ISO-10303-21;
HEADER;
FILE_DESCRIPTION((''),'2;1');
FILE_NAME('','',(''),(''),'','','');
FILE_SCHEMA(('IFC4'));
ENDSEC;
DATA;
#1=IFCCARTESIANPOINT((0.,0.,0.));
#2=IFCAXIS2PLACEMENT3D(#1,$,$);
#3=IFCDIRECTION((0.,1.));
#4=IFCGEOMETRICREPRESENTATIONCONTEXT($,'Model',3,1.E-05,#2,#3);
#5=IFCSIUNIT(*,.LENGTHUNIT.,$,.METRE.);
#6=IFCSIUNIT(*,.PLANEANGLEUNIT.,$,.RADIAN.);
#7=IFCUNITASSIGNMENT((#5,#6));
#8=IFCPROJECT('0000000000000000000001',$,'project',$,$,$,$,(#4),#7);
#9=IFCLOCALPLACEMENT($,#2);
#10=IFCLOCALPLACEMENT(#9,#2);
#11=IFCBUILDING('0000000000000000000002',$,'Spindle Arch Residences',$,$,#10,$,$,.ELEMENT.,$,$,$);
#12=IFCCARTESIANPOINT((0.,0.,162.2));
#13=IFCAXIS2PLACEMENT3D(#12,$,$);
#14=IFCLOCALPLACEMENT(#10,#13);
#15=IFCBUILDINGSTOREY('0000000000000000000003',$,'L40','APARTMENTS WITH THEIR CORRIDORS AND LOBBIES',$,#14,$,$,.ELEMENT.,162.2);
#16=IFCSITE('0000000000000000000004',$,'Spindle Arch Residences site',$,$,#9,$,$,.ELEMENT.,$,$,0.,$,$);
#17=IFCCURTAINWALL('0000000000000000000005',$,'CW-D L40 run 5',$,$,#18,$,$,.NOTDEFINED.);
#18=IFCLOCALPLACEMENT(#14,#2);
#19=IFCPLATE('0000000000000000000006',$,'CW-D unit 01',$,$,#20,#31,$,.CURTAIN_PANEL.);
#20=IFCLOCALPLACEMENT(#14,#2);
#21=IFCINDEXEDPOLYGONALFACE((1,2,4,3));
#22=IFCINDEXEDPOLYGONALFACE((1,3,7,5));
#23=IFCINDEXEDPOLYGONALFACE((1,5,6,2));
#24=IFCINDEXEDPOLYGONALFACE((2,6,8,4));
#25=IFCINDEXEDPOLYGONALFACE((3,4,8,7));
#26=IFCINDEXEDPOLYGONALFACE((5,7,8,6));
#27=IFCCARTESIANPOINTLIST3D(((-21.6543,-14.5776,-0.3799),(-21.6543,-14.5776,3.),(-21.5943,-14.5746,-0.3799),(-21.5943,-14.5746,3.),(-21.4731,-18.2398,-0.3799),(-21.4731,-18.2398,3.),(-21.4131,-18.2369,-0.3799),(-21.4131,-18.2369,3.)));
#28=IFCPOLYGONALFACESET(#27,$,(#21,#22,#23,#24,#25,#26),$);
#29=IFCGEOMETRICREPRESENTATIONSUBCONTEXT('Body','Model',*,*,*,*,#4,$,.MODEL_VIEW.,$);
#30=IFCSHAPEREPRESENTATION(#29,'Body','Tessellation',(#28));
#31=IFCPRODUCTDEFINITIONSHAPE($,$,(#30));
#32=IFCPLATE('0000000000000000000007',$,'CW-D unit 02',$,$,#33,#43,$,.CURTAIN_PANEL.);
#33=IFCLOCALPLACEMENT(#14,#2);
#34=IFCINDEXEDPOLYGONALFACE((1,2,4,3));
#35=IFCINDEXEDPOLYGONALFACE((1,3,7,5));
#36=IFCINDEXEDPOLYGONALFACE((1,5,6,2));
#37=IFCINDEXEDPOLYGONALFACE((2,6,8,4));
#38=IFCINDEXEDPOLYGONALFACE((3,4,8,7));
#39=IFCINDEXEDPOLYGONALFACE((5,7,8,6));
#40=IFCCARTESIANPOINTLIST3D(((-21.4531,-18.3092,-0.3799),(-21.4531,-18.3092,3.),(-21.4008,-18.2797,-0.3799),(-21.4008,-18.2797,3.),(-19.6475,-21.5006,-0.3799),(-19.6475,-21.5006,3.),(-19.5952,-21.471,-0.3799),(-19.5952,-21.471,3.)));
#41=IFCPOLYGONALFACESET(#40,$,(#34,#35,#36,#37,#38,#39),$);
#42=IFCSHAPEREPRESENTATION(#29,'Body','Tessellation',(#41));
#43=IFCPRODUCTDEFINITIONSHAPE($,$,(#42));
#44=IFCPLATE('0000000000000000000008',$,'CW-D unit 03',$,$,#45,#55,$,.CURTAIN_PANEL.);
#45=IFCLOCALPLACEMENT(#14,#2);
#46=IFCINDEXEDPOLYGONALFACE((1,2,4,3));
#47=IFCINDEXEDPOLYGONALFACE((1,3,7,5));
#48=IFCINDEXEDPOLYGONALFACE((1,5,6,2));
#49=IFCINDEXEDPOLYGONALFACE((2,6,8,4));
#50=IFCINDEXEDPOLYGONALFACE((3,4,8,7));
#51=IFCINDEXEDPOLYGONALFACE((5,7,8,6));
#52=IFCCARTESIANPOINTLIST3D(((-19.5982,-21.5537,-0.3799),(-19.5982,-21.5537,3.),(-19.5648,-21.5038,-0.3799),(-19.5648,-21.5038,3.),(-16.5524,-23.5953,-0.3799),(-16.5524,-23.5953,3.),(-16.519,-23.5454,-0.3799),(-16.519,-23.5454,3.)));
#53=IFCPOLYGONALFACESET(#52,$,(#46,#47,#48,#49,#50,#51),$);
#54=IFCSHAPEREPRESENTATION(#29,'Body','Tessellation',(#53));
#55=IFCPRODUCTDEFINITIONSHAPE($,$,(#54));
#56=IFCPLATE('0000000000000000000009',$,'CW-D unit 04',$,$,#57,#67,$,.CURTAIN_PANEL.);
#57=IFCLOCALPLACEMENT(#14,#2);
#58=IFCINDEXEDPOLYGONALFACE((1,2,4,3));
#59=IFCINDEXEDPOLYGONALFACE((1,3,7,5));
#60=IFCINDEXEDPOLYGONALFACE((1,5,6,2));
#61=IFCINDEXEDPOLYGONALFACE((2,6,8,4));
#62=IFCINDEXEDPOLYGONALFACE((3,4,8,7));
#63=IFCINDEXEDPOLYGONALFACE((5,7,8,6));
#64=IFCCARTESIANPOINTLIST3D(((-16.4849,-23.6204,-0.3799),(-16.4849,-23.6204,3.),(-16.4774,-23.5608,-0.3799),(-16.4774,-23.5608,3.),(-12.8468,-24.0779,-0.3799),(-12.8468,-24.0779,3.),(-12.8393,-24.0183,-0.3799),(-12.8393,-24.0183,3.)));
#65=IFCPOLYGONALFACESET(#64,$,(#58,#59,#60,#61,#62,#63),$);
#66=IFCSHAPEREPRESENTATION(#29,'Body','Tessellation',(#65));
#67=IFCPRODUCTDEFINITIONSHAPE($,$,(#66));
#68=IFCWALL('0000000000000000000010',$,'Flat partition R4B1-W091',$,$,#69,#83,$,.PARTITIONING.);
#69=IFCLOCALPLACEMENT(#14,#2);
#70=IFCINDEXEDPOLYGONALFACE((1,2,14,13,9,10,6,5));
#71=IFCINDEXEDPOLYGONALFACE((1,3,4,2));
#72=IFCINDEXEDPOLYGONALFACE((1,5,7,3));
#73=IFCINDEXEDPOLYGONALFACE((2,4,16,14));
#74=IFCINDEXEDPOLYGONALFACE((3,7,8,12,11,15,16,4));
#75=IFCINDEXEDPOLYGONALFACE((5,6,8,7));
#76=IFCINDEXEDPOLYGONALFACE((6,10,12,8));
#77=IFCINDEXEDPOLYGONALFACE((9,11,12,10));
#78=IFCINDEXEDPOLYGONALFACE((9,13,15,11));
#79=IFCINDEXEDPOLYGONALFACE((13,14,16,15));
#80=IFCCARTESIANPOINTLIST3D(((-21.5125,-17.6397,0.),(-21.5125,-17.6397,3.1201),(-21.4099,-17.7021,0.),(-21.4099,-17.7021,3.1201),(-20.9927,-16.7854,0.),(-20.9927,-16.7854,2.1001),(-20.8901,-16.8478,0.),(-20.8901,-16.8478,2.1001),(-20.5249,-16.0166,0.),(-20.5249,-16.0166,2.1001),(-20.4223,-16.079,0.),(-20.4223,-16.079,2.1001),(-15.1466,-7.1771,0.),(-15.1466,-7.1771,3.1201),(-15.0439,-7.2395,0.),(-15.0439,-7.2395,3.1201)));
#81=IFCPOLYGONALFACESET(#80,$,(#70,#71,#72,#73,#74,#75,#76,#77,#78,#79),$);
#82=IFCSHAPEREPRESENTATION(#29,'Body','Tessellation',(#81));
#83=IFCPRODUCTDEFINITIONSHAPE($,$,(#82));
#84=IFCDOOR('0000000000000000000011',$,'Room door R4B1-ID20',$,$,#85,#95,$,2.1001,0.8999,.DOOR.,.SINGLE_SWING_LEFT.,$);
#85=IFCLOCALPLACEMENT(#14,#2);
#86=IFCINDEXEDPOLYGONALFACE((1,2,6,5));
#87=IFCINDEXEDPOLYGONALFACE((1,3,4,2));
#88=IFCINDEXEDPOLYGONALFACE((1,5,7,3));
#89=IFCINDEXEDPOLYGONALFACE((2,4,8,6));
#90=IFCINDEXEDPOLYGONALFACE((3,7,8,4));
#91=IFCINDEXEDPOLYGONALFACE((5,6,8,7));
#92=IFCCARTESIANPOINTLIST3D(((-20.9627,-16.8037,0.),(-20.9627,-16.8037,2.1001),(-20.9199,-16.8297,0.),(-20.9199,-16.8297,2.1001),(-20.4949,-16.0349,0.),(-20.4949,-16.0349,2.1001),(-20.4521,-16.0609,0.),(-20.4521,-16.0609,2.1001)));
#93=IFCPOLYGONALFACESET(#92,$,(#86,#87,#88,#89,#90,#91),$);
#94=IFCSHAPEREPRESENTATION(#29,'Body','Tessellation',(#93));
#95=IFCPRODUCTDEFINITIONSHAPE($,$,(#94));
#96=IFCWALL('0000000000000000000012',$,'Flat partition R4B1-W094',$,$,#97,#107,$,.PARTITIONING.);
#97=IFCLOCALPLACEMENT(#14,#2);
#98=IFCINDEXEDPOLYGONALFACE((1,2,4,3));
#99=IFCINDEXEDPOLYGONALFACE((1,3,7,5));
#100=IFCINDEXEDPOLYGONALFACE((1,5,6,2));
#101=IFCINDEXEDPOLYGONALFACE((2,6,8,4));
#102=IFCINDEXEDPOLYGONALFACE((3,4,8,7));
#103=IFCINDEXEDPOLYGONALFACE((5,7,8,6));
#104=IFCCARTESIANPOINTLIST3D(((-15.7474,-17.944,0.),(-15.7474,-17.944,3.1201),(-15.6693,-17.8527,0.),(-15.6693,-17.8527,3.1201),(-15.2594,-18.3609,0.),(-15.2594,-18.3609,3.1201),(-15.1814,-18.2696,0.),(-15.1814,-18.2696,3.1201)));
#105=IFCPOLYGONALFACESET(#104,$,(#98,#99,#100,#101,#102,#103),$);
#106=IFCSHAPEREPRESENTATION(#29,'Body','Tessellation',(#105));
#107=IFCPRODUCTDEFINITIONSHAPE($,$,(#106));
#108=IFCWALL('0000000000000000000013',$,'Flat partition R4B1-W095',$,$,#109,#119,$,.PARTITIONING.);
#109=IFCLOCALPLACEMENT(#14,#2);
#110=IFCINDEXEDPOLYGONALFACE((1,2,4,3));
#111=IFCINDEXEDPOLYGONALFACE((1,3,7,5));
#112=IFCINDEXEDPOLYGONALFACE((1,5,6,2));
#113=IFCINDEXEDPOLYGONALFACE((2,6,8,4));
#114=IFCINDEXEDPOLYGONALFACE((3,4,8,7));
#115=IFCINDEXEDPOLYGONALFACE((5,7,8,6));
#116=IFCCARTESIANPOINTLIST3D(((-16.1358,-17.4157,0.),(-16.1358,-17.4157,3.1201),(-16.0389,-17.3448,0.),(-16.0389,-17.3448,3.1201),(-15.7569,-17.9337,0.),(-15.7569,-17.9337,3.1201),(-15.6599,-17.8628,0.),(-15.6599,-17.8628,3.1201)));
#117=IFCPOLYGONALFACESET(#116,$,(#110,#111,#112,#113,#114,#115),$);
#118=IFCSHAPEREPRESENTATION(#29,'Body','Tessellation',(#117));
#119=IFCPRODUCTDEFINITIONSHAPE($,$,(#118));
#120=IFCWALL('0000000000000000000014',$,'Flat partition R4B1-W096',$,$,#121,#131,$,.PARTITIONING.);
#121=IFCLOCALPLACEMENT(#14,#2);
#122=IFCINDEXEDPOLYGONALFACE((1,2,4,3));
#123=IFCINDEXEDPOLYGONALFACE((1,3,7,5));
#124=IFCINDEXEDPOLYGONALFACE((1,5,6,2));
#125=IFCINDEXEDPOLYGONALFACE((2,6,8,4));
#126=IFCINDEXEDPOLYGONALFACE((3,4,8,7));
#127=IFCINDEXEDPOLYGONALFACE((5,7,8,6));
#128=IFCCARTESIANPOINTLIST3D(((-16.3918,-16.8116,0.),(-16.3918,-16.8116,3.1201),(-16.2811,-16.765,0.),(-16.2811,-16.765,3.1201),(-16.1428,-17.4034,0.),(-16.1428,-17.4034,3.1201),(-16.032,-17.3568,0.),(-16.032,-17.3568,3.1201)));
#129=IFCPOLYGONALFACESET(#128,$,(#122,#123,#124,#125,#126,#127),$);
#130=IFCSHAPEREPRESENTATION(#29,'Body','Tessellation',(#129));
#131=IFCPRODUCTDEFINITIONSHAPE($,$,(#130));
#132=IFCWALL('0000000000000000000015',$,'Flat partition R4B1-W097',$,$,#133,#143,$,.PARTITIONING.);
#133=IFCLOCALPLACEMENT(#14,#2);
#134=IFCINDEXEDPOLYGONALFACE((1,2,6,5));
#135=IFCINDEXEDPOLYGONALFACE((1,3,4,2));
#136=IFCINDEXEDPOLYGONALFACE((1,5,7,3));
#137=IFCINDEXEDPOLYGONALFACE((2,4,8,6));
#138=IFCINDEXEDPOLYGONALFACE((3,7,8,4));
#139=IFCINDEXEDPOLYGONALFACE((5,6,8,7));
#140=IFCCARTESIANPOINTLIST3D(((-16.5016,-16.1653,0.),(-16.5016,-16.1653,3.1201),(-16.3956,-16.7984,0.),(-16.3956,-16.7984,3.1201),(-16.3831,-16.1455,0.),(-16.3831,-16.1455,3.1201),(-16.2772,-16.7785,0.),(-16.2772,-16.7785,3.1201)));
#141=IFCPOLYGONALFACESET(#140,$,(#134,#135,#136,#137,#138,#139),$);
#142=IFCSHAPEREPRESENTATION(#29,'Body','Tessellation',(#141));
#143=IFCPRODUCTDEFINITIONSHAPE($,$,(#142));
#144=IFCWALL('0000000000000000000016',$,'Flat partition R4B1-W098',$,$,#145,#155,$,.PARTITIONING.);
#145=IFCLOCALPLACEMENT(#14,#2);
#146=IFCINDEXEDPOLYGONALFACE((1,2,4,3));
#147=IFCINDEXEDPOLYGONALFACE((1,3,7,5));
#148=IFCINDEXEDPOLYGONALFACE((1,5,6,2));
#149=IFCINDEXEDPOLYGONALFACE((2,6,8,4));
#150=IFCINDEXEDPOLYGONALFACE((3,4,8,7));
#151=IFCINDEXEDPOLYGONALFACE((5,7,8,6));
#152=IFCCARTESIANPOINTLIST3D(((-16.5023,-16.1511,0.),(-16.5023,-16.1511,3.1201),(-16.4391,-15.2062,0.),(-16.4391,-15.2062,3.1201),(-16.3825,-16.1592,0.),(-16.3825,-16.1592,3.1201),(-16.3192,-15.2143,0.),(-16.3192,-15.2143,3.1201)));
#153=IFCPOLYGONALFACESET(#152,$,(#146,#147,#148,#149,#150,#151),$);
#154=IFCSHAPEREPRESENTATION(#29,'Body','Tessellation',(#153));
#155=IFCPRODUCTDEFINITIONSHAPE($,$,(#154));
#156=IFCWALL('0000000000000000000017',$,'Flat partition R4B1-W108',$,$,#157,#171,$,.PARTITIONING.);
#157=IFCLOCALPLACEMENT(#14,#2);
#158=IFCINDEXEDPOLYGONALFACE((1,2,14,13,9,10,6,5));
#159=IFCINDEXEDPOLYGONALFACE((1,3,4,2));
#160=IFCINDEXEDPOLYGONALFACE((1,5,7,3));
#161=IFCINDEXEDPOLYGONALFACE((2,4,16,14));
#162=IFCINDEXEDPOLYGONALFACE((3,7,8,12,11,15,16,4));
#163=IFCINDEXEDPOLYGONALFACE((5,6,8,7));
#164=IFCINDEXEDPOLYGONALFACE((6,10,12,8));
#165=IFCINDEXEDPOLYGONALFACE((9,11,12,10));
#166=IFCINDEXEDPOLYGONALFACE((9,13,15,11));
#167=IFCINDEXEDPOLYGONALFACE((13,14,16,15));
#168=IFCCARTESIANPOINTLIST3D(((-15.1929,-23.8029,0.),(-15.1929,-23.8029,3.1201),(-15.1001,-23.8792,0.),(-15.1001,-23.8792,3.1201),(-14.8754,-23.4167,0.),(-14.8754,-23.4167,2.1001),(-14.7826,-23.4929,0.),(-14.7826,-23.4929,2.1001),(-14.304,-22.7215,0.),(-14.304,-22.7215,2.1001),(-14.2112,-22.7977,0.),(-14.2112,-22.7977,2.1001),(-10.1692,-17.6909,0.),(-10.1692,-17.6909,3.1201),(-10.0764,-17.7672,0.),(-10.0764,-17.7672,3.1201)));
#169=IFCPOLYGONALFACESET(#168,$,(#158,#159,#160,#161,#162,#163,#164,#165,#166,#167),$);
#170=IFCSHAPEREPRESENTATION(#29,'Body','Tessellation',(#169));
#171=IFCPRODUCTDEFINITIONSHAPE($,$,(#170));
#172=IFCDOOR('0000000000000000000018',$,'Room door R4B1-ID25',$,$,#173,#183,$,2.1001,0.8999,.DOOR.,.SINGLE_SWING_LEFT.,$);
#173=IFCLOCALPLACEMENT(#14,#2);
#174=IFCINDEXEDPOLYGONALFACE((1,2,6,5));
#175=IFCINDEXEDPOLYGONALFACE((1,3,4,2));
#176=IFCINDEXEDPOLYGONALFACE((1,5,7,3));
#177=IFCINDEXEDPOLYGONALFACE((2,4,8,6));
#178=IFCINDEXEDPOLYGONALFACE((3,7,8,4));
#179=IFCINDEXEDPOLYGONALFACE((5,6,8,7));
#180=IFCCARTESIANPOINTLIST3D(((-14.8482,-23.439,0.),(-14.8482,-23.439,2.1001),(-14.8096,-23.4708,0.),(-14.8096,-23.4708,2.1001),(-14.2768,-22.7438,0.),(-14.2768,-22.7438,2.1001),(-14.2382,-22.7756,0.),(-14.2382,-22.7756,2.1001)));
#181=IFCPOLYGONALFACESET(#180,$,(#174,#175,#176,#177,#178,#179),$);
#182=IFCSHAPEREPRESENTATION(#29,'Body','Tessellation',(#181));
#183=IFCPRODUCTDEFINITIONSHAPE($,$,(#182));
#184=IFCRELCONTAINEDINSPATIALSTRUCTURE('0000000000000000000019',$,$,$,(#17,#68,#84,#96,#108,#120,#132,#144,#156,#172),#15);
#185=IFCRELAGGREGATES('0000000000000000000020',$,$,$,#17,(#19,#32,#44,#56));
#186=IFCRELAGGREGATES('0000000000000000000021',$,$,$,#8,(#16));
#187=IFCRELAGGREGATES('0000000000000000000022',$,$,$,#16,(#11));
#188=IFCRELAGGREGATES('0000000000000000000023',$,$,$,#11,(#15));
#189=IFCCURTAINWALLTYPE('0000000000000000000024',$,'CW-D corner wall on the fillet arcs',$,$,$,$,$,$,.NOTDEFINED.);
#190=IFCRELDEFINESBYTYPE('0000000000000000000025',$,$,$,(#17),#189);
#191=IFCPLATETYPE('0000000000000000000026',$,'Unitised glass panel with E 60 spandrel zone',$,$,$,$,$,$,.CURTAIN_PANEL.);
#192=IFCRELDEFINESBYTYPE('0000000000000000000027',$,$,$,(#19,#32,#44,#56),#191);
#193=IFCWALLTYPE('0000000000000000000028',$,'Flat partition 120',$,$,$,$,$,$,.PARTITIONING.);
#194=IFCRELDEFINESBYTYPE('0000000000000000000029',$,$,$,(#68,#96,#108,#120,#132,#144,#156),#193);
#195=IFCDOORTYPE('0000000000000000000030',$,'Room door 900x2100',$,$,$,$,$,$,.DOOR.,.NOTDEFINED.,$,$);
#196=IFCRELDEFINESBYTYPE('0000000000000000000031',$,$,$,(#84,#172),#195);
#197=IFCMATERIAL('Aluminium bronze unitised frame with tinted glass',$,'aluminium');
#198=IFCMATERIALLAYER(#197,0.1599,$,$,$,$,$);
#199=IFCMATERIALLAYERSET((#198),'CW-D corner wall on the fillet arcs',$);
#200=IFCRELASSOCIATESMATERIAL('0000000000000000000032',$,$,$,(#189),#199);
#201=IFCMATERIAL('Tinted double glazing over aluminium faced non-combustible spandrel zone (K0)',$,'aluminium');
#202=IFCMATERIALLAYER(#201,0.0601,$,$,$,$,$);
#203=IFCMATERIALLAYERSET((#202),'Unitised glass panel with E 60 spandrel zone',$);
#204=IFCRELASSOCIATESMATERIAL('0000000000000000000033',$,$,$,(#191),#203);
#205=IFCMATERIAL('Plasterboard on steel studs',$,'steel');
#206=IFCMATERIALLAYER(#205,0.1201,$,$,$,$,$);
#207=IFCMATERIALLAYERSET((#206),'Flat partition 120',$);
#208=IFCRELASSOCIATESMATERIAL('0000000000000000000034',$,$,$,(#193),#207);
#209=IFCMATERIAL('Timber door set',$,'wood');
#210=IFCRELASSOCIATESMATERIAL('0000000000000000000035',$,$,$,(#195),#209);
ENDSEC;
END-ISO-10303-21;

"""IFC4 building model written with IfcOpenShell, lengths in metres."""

from ifc_helpers import new_model, si_unit, direction, frame, frame_2d, origin, origin_2d, place, context, subcontext, project, spatial, rectangle, extrude, material, layer, layer_set, type_object, element, fill, aggregate, save


model = new_model("IFC4")

# Units and contexts
model_context = context("Model", 3, precision=1e-05, world=origin(), true_north=direction((0.0, 1.0)))
body_context = subcontext(model_context, "Body", "Model", "MODEL_VIEW")
ifc_project = project(units=[si_unit("LENGTHUNIT", "METRE"), si_unit("PLANEANGLEUNIT", "RADIAN")], contexts=[model_context])

# Site, building, storey
site_placement = place(None, origin())
site = spatial("IfcSite", under=ifc_project, at=site_placement, Name="Spindle Arch Residences site", CompositionType="ELEMENT", RefElevation=0.0)
building_placement = place(site_placement, origin())
building = spatial("IfcBuilding", under=site, at=building_placement, Name="Spindle Arch Residences", CompositionType="ELEMENT")
storey_placement = place(building_placement, frame((0.0, 0.0, 162.2)))
storey = spatial("IfcBuildingStorey", under=building, at=storey_placement, Name="L40", Description="APARTMENTS WITH THEIR CORRIDORS AND LOBBIES", CompositionType="ELEMENT", Elevation=162.2)

# Curtain wall
ifc_material_1 = material(Name="Aluminium bronze unitised frame with tinted glass", Category="aluminium")
ifc_layer_1 = layer(ifc_material_1, 0.1599)
ifc_layer_set_1 = layer_set([ifc_layer_1], Name="CW-D corner wall on the fillet arcs")
curtain_wall_type = type_object("IfcCurtainWallType", Name="CW-D corner wall on the fillet arcs", PredefinedType="NOTDEFINED", material=ifc_layer_set_1)
curtain_wall_placement = place(storey_placement, origin())
curtain_wall = element("IfcCurtainWall", 1, at=curtain_wall_placement, inside=storey, type_object=curtain_wall_type, Name="CW-D L40 run 5", PredefinedType="NOTDEFINED")

# Plates
ifc_material_2 = material(Name="Tinted double glazing over aluminium faced non-combustible spandrel zone (K0)", Category="aluminium")
ifc_layer_2 = layer(ifc_material_2, 0.0601)
ifc_layer_set_2 = layer_set([ifc_layer_2], Name="Unitised glass panel with E 60 spandrel zone")
plate_type = type_object("IfcPlateType", Name="Unitised glass panel with E 60 spandrel zone", PredefinedType="CURTAIN_PANEL", material=ifc_layer_set_2)
plate_1_placement = place(storey_placement, frame((-21.5337, -16.4072, -0.3799), z_axis=(0.0, 0.0, 1.0), x_axis=(0.049431, -0.998778, 0.0)))
plate_1 = element("IfcPlate", 2, at=plate_1_placement, type_object=plate_type, Name="CW-D unit 01", PredefinedType="CURTAIN_PANEL", context=body_context, shape_type="SweptSolid", body=[
    extrude(rectangle(XDim=3.6667, YDim=0.0601, at=origin_2d()), origin(), (0.0, 0.0, 1.0), 3.3799),
])
plate_2_placement = place(storey_placement, frame((-20.5242, -19.8901, -0.3799), z_axis=(0.0, 0.0, 1.0), x_axis=(0.492424, -0.870356, 0.0)))
plate_2 = element("IfcPlate", 3, at=plate_2_placement, type_object=plate_type, Name="CW-D unit 02", PredefinedType="CURTAIN_PANEL", context=body_context, shape_type="SweptSolid", body=[
    extrude(rectangle(XDim=3.6667, YDim=0.0601, at=origin_2d()), origin(), (0.0, 0.0, 1.0), 3.3799),
])
plate_3_placement = place(storey_placement, frame((-18.0586, -22.5496, -0.3799), z_axis=(0.0, 0.0, 1.0), x_axis=(0.830661, -0.556779, 0.0)))
plate_3 = element("IfcPlate", 4, at=plate_3_placement, type_object=plate_type, Name="CW-D unit 03", PredefinedType="CURTAIN_PANEL", context=body_context, shape_type="SweptSolid", body=[
    extrude(rectangle(XDim=3.6667, YDim=0.0601, at=origin_2d()), origin(), (0.0, 0.0, 1.0), 3.3799),
])
plate_4_placement = place(storey_placement, frame((-14.6621, -23.8193, -0.3799), z_axis=(0.0, 0.0, 1.0), x_axis=(0.992187, -0.124756, 0.0)))
plate_4 = element("IfcPlate", 5, at=plate_4_placement, type_object=plate_type, Name="CW-D unit 04", PredefinedType="CURTAIN_PANEL", context=body_context, shape_type="SweptSolid", body=[
    extrude(rectangle(XDim=3.6667, YDim=0.0601, at=origin_2d()), origin(), (0.0, 0.0, 1.0), 3.3799),
])
aggregate(curtain_wall, [plate_1, plate_2, plate_3, plate_4])

# Wall, opening, door
ifc_material_3 = material(Name="Plasterboard on steel studs", Category="steel")
ifc_layer_3 = layer(ifc_material_3, 0.1201)
ifc_layer_set_3 = layer_set([ifc_layer_3], Name="Flat partition 120")
wall_type_1 = type_object("IfcWallType", Name="Flat partition 120", PredefinedType="PARTITIONING", material=ifc_layer_set_3)
wall_1_placement = place(storey_placement, frame((-21.4612, -17.6709, 0.0), z_axis=(0.0, 0.0, 1.0), x_axis=(0.519792, 0.854293, 0.0)))
wall_1 = element("IfcWall", 6, at=wall_1_placement, inside=storey, type_object=wall_type_1, Name="Flat partition R4B1-W091", PredefinedType="PARTITIONING", context=body_context, shape_type="SweptSolid", body=[
    extrude(rectangle(XDim=12.2471, YDim=0.1201, at=frame_2d((6.1235, 0.0))), origin(), (0.0, 0.0, 1.0), 3.1201),
])
opening_1_placement = place(wall_1_placement, frame((1.0, 0.0, 0.0)))
opening_1 = element("IfcOpeningElement", 7, at=opening_1_placement, cuts=wall_1, PredefinedType="OPENING", context=body_context, shape_type="SweptSolid", body=[
    extrude(rectangle(XDim=0.8999, YDim=2.1001, at=frame_2d((0.45, 1.05))), frame((0.0, 0.0701, 0.0), z_axis=(0.0, -1.0, 0.0), x_axis=(1.0, 0.0, 0.0)), (0.0, 0.0, 1.0), 0.1401),
])
ifc_material_4 = material(Name="Timber door set", Category="wood")
door_type = type_object("IfcDoorType", Name="Room door 900x2100", OperationType="NOTDEFINED", PredefinedType="DOOR", material=ifc_material_4)
door_1_placement = place(opening_1_placement, origin())
door_1 = element("IfcDoor", 8, at=door_1_placement, inside=storey, type_object=door_type, Name="Room door R4B1-ID20", OperationType="SINGLE_SWING_LEFT", OverallHeight=2.1001, OverallWidth=0.8999, PredefinedType="DOOR", context=body_context, shape_type="SweptSolid", body=[
    extrude(rectangle(XDim=0.8999, YDim=2.1001, at=frame_2d((0.45, 1.05))), frame((0.0, 0.0249, 0.0), z_axis=(0.0, -1.0, 0.0), x_axis=(1.0, 0.0, 0.0)), (0.0, 0.0, 1.0), 0.05),
])
fill(opening_1, door_1)

# Walls
for number, where, z_axis, x_axis, name in (
    (9, (-15.2205, -18.3152, 0.0), (0.0, 0.0, 1.0), (-0.760276, 0.6496, 0.0), "Flat partition R4B1-W094"),
    (10, (-15.7085, -17.8982, 0.0), (0.0, 0.0, 1.0), (-0.590341, 0.807154, 0.0), "Flat partition R4B1-W095"),
):
    element("IfcWall", number, at=place(storey_placement, frame(where, z_axis=z_axis, x_axis=x_axis)), inside=storey, type_object=wall_type_1, Name=name, PredefinedType="PARTITIONING", context=body_context, shape_type="SweptSolid", body=[
        extrude(rectangle(XDim=0.6418, YDim=0.1201, at=frame_2d((0.3208, 0.0))), origin(), (0.0, 0.0, 1.0), 3.1201),
    ])
wall_2_placement = place(storey_placement, frame((-16.0874, -17.3801, 0.0), z_axis=(0.0, 0.0, 1.0), x_axis=(-0.387853, 0.921721, 0.0)))
element("IfcWall", 11, at=wall_2_placement, inside=storey, type_object=wall_type_1, Name="Flat partition R4B1-W096", PredefinedType="PARTITIONING", context=body_context, shape_type="SweptSolid", body=[
    extrude(rectangle(XDim=0.6421, YDim=0.1201, at=frame_2d((0.321, 0.0))), origin(), (0.0, 0.0, 1.0), 3.1201),
])
wall_3_placement = place(storey_placement, frame((-16.3364, -16.7883, 0.0), z_axis=(0.0, 0.0, 1.0), x_axis=(-0.165077, 0.986281, 0.0)))
element("IfcWall", 12, at=wall_3_placement, inside=storey, type_object=wall_type_1, Name="Flat partition R4B1-W097", PredefinedType="PARTITIONING", context=body_context, shape_type="SweptSolid", body=[
    extrude(rectangle(XDim=0.6418, YDim=0.1201, at=frame_2d((0.3208, 0.0))), origin(), (0.0, 0.0, 1.0), 3.1201),
])
wall_4_placement = place(storey_placement, frame((-16.4424, -16.1553, 0.0), z_axis=(0.0, 0.0, 1.0), x_axis=(0.066776, 0.997768, 0.0)))
element("IfcWall", 13, at=wall_4_placement, inside=storey, type_object=wall_type_1, Name="Flat partition R4B1-W098", PredefinedType="PARTITIONING", context=body_context, shape_type="SweptSolid", body=[
    extrude(rectangle(XDim=0.947, YDim=0.1201, at=frame_2d((0.4736, 0.0))), origin(), (0.0, 0.0, 1.0), 3.1201),
])

# Wall, opening, door
wall_5_placement = place(storey_placement, frame((-15.1465, -23.8411, 0.0), z_axis=(0.0, 0.0, 1.0), x_axis=(0.63497, 0.772536, 0.0)))
wall_5 = element("IfcWall", 14, at=wall_5_placement, inside=storey, type_object=wall_type_1, Name="Flat partition R4B1-W108", PredefinedType="PARTITIONING", context=body_context, shape_type="SweptSolid", body=[
    extrude(rectangle(XDim=7.9116, YDim=0.1201, at=frame_2d((3.9558, 0.0))), origin(), (0.0, 0.0, 1.0), 3.1201),
])
opening_2_placement = place(wall_5_placement, frame((0.5, 0.0, 0.0)))
opening_2 = element("IfcOpeningElement", 15, at=opening_2_placement, cuts=wall_5, PredefinedType="OPENING", context=body_context, shape_type="SweptSolid", body=[
    extrude(rectangle(XDim=0.8999, YDim=2.1001, at=frame_2d((0.45, 1.05))), frame((0.0, 0.0701, 0.0), z_axis=(0.0, -1.0, 0.0), x_axis=(1.0, 0.0, 0.0)), (0.0, 0.0, 1.0), 0.1401),
])
door_2_placement = place(opening_2_placement, origin())
door_2 = element("IfcDoor", 16, at=door_2_placement, inside=storey, type_object=door_type, Name="Room door R4B1-ID25", OperationType="SINGLE_SWING_LEFT", OverallHeight=2.1001, OverallWidth=0.8999, PredefinedType="DOOR", context=body_context, shape_type="SweptSolid", body=[
    extrude(rectangle(XDim=0.8999, YDim=2.1001, at=frame_2d((0.45, 1.05))), frame((0.0, 0.0249, 0.0), z_axis=(0.0, -1.0, 0.0), x_axis=(1.0, 0.0, 0.0)), (0.0, 0.0, 1.0), 0.05),
])
fill(opening_2, door_2)

save(model, "model.ifc")
